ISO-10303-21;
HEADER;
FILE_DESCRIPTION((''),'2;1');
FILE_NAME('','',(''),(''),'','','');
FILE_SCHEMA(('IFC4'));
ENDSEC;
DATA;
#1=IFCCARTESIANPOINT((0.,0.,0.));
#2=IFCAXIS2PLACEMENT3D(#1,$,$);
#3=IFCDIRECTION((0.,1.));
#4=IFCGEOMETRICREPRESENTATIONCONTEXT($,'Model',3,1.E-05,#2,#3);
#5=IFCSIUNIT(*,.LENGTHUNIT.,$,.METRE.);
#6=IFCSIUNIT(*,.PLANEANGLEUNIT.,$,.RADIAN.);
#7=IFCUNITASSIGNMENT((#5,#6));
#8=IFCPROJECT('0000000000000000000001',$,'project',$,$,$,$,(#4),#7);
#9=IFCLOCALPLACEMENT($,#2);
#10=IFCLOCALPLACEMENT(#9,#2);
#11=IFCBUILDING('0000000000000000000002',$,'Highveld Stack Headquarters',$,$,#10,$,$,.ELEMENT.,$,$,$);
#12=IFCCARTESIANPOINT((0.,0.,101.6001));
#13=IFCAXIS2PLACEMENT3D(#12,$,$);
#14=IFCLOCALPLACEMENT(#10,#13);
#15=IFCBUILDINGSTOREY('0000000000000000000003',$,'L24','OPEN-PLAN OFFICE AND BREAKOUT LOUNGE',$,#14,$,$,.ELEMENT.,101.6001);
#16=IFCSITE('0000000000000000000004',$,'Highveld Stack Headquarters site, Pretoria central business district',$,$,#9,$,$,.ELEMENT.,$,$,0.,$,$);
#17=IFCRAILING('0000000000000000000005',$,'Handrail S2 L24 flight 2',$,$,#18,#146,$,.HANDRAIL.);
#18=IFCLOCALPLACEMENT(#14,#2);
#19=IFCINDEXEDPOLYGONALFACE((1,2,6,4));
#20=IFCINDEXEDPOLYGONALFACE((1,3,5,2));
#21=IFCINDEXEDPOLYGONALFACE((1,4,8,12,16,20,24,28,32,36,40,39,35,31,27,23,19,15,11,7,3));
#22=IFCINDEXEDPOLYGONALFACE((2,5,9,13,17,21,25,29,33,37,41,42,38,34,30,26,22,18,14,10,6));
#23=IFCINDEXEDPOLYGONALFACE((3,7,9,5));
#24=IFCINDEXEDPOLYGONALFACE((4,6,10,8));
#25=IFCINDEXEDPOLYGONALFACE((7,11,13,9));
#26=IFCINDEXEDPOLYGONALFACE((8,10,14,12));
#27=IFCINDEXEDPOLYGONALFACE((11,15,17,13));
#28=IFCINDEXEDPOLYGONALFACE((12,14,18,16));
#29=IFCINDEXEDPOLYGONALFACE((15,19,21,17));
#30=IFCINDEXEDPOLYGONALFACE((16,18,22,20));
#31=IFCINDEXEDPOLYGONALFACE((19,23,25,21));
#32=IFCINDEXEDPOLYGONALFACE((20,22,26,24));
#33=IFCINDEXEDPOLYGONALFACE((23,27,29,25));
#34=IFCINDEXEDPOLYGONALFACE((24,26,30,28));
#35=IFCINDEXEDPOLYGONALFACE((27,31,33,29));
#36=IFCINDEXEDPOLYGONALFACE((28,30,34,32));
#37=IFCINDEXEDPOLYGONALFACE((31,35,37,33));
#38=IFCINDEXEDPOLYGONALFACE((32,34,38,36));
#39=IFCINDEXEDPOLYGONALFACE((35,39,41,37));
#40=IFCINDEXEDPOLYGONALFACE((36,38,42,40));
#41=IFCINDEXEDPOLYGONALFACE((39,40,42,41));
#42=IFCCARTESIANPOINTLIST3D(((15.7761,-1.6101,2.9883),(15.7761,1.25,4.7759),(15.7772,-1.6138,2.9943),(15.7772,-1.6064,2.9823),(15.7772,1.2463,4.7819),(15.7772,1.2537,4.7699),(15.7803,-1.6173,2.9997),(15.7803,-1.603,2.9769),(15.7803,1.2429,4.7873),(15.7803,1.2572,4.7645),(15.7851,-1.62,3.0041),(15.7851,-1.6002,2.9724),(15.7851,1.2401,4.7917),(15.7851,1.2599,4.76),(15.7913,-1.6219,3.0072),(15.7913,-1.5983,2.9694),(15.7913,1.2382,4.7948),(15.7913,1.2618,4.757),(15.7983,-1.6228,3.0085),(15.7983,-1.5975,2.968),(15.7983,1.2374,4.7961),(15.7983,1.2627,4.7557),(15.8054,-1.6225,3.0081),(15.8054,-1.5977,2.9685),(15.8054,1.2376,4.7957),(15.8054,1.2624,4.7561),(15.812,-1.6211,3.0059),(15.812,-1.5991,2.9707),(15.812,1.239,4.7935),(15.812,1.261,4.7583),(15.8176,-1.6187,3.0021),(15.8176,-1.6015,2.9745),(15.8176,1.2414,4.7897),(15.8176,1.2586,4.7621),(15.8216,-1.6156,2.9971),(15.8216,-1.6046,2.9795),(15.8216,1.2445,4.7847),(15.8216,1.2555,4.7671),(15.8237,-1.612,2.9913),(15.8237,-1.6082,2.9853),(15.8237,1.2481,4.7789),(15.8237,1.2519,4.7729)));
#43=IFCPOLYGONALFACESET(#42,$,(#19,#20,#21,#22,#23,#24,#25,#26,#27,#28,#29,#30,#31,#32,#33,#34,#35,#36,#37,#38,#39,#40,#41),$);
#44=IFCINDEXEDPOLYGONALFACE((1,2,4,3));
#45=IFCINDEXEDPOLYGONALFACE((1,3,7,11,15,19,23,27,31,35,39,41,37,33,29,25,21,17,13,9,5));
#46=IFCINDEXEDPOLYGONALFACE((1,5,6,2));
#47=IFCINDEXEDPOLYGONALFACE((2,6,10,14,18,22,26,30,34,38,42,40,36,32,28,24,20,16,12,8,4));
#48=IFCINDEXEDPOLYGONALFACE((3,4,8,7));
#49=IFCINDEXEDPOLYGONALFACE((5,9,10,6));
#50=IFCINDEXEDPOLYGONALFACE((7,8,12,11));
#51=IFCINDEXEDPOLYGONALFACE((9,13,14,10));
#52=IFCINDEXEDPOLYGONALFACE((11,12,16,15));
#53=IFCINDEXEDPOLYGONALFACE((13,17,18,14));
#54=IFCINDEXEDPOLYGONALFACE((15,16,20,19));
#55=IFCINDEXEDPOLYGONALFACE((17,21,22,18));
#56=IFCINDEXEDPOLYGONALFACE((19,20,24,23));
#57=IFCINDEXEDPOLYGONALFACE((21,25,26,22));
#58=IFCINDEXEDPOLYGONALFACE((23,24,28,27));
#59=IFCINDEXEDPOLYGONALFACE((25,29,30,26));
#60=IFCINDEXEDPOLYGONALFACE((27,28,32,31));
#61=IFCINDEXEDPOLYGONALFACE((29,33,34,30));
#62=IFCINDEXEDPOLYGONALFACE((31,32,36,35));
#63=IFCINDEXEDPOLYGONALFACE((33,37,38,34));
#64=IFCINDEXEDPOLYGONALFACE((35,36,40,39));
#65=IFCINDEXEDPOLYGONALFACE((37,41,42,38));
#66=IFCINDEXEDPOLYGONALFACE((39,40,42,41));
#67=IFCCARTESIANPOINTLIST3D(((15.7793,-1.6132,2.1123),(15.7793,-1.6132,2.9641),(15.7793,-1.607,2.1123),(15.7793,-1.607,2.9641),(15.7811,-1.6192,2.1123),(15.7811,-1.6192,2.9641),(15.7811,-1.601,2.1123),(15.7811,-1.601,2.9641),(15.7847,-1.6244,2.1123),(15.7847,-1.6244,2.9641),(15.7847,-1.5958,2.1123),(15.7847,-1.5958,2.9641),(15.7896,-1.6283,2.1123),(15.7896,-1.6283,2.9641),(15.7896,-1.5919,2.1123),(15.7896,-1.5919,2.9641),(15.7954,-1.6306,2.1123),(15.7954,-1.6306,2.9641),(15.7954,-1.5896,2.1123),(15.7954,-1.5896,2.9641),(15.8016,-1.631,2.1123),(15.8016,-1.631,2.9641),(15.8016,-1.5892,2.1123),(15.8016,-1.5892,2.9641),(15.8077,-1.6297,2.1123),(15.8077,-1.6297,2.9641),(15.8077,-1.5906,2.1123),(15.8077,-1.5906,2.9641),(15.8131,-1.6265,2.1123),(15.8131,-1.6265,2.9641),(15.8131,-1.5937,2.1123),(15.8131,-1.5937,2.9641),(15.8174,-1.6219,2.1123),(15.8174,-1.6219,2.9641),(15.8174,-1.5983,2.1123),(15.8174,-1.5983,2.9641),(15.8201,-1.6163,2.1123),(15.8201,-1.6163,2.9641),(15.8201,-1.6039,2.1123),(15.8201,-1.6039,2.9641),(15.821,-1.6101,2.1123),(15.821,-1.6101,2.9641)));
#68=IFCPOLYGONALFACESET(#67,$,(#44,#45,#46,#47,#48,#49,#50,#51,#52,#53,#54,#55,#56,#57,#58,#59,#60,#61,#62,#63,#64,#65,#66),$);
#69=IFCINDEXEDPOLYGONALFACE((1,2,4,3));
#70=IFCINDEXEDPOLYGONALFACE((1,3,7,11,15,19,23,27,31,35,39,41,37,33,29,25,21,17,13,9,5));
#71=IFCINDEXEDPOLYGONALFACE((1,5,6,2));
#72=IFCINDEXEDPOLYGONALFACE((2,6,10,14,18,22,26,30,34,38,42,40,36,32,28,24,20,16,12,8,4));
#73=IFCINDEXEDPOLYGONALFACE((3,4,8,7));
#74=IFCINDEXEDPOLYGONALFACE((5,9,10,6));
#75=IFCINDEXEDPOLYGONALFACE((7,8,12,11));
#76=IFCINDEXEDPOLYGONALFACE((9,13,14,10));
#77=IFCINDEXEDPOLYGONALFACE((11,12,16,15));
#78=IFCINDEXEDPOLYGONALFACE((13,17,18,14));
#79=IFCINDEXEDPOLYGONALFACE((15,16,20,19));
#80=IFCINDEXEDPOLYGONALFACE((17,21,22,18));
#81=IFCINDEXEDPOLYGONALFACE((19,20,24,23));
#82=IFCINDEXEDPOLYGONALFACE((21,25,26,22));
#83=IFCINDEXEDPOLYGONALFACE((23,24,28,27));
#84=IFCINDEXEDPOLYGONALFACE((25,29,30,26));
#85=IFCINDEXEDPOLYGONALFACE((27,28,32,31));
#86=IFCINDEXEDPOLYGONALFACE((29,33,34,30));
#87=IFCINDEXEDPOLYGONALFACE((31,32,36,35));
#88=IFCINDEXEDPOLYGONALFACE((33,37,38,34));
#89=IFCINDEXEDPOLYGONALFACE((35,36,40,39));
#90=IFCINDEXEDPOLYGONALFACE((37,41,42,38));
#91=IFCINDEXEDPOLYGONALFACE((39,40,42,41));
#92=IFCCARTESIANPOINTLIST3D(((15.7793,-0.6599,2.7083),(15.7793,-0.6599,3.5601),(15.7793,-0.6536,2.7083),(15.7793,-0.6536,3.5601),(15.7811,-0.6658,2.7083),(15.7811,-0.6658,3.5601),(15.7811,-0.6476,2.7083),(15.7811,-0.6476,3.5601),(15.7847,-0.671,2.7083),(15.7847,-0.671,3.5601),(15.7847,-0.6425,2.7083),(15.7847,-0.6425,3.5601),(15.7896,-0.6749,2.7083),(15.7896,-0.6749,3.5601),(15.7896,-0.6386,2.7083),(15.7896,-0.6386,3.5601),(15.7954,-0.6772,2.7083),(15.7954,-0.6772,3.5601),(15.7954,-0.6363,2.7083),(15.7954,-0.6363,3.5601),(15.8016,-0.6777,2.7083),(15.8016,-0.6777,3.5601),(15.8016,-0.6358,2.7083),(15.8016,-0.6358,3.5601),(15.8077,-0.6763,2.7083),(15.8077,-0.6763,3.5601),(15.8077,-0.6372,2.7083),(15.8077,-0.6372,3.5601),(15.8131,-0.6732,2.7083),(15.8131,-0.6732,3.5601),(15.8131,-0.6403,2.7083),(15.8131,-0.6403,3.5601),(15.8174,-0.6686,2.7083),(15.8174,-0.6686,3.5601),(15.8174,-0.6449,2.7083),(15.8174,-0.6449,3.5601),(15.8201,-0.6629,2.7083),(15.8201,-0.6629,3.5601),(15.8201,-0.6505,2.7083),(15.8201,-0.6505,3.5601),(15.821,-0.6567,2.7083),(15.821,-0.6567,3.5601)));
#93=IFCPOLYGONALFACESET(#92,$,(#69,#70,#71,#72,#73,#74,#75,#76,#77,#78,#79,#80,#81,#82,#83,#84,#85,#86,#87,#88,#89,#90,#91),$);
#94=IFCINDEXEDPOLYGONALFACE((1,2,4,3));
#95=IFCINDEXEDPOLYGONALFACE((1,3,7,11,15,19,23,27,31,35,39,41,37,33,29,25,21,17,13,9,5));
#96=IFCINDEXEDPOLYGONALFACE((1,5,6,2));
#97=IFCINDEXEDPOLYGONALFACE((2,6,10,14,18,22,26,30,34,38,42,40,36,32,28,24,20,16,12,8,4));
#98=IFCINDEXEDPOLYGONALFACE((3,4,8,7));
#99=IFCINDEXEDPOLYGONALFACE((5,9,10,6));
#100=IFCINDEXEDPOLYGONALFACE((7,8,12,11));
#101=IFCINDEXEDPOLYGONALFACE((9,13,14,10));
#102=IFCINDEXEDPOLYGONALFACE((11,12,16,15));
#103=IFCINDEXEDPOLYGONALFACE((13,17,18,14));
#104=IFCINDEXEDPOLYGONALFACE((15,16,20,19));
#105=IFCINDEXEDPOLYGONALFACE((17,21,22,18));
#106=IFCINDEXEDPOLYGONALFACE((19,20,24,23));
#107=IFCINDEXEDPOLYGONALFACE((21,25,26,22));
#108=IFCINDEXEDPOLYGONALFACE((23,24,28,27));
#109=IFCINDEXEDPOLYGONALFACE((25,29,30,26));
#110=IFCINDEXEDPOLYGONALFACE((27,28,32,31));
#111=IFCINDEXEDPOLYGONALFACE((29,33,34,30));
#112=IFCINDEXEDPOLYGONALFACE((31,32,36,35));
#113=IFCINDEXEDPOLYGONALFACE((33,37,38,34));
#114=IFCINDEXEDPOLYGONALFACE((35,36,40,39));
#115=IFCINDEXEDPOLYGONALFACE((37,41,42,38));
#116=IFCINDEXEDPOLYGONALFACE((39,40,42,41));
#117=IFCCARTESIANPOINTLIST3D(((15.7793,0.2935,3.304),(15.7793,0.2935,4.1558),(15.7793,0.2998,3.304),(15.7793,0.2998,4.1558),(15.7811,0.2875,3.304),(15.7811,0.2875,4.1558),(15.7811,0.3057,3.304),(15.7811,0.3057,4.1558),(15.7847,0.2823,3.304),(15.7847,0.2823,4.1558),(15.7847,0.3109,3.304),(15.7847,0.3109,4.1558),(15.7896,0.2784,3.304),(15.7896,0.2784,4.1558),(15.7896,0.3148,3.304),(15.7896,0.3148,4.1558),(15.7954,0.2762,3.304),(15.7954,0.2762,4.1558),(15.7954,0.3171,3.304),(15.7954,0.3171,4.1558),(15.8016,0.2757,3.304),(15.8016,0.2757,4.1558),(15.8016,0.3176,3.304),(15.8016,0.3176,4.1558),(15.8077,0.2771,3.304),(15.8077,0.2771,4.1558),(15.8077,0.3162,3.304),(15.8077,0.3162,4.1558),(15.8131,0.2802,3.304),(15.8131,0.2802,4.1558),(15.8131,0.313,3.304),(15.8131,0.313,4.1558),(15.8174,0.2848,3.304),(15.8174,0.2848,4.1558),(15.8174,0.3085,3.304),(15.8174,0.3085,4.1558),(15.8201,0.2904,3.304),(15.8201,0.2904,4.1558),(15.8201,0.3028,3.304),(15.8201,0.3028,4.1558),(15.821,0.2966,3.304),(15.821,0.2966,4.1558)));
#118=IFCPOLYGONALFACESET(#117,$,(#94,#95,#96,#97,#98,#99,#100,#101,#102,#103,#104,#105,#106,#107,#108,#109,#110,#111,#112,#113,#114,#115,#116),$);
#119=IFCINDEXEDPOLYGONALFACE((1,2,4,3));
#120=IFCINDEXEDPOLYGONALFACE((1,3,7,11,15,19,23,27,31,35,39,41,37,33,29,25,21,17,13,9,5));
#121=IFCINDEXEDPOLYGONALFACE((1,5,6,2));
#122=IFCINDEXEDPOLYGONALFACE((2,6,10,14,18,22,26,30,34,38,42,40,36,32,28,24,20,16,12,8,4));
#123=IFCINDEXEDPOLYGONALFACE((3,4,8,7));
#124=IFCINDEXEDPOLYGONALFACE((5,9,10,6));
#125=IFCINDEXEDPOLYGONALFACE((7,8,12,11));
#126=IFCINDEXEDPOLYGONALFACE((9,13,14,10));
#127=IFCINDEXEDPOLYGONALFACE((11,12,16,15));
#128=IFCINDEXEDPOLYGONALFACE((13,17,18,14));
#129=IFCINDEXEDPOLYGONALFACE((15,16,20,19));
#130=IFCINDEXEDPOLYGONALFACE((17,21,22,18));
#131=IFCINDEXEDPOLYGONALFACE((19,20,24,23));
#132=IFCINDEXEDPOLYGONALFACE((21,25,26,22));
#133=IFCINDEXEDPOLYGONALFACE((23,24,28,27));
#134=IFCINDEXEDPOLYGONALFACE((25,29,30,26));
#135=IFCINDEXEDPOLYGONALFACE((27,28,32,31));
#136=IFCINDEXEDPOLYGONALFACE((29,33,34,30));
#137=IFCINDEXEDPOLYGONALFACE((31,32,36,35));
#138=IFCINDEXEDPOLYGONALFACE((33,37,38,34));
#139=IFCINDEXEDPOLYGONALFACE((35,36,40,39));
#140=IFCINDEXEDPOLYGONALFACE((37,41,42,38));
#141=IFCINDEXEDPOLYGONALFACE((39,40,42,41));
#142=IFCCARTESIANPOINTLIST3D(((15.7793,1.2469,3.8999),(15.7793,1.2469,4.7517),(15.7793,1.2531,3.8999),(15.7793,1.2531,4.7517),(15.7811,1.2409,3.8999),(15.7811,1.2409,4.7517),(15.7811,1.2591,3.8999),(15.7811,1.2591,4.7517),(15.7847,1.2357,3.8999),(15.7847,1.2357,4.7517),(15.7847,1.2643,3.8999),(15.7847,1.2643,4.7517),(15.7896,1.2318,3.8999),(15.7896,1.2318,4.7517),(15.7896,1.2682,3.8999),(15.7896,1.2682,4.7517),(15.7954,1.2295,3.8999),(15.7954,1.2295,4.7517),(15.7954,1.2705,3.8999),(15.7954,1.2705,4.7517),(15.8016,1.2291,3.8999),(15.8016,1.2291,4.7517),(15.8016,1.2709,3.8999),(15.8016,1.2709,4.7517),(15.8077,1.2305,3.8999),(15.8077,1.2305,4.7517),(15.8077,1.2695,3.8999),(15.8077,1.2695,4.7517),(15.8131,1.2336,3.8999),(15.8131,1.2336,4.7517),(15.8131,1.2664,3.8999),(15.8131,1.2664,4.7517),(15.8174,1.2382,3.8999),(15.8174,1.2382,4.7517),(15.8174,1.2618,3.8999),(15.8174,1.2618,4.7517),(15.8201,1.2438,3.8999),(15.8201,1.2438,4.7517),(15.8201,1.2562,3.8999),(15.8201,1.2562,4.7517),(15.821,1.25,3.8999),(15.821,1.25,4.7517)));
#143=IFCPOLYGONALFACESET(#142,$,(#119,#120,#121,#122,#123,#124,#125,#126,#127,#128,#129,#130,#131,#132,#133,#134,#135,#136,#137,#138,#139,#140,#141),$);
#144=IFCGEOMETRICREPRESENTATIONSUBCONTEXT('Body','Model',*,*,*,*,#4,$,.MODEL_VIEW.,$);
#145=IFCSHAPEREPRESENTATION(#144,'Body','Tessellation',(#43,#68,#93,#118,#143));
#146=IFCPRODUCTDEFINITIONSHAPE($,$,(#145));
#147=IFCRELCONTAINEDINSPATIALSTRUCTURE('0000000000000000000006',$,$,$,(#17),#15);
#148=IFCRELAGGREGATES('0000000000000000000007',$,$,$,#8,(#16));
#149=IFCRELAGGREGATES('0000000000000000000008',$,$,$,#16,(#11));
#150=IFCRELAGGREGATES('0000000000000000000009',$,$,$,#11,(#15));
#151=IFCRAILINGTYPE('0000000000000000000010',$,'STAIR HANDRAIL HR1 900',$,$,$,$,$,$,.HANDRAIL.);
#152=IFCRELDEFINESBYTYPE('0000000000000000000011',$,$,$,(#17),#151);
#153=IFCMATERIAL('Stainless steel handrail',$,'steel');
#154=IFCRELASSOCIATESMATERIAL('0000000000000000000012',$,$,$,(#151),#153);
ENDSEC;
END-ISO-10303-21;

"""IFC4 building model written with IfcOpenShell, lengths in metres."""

from ifc_helpers import new_model, si_unit, direction, frame, origin, origin_2d, place, context, subcontext, project, spatial, circle, extrude, material, type_object, element, save


model = new_model("IFC4")

# Units and contexts
model_context = context("Model", 3, precision=1e-05, world=origin(), true_north=direction((0.0, 1.0)))
body_context = subcontext(model_context, "Body", "Model", "MODEL_VIEW")
ifc_project = project(units=[si_unit("LENGTHUNIT", "METRE"), si_unit("PLANEANGLEUNIT", "RADIAN")], contexts=[model_context])

# Site, building, storey
site_placement = place(None, origin())
site = spatial("IfcSite", under=ifc_project, at=site_placement, Name="Highveld Stack Headquarters site, Pretoria central business district", CompositionType="ELEMENT", RefElevation=0.0)
building_placement = place(site_placement, origin())
building = spatial("IfcBuilding", under=site, at=building_placement, Name="Highveld Stack Headquarters", CompositionType="ELEMENT")
storey_placement = place(building_placement, frame((0.0, 0.0, 101.6001)))
storey = spatial("IfcBuildingStorey", under=building, at=storey_placement, Name="L24", Description="OPEN-PLAN OFFICE AND BREAKOUT LOUNGE", CompositionType="ELEMENT", Elevation=101.6001)

# Railing
ifc_material_1 = material(Name="Stainless steel handrail", Category="steel")
railing_type = type_object("IfcRailingType", Name="STAIR HANDRAIL HR1 900", PredefinedType="HANDRAIL", material=ifc_material_1)
for number, where, name in (
    (1, (15.8, -1.6101, 2.1123), "Handrail S2 L24 flight 2"),
):
    element("IfcRailing", number, at=place(storey_placement, frame(where)), inside=storey, type_object=railing_type, Name=name, PredefinedType="HANDRAIL", context=body_context, shape_type="SweptSolid", body=[
        extrude(circle(Radius=0.0239, at=origin_2d()), frame((0.0, 0.0, 0.876), z_axis=(0.0, 0.847994, 0.530005), x_axis=(-1.0, 0.0, 0.0)), (0.0, 0.0, 1.0), 3.3728),
        extrude(circle(Radius=0.021, at=origin_2d()), origin(), (0.0, 0.0, 1.0), 0.8518),
        extrude(circle(Radius=0.021, at=origin_2d()), frame((0.0, 0.9534, 0.5959)), (0.0, 0.0, 1.0), 0.8518),
        extrude(circle(Radius=0.021, at=origin_2d()), frame((0.0, 1.9067, 1.1917)), (0.0, 0.0, 1.0), 0.8518),
        extrude(circle(Radius=0.021, at=origin_2d()), frame((0.0, 2.8601, 1.7876)), (0.0, 0.0, 1.0), 0.8518),
    ])

save(model, "model.ifc")
